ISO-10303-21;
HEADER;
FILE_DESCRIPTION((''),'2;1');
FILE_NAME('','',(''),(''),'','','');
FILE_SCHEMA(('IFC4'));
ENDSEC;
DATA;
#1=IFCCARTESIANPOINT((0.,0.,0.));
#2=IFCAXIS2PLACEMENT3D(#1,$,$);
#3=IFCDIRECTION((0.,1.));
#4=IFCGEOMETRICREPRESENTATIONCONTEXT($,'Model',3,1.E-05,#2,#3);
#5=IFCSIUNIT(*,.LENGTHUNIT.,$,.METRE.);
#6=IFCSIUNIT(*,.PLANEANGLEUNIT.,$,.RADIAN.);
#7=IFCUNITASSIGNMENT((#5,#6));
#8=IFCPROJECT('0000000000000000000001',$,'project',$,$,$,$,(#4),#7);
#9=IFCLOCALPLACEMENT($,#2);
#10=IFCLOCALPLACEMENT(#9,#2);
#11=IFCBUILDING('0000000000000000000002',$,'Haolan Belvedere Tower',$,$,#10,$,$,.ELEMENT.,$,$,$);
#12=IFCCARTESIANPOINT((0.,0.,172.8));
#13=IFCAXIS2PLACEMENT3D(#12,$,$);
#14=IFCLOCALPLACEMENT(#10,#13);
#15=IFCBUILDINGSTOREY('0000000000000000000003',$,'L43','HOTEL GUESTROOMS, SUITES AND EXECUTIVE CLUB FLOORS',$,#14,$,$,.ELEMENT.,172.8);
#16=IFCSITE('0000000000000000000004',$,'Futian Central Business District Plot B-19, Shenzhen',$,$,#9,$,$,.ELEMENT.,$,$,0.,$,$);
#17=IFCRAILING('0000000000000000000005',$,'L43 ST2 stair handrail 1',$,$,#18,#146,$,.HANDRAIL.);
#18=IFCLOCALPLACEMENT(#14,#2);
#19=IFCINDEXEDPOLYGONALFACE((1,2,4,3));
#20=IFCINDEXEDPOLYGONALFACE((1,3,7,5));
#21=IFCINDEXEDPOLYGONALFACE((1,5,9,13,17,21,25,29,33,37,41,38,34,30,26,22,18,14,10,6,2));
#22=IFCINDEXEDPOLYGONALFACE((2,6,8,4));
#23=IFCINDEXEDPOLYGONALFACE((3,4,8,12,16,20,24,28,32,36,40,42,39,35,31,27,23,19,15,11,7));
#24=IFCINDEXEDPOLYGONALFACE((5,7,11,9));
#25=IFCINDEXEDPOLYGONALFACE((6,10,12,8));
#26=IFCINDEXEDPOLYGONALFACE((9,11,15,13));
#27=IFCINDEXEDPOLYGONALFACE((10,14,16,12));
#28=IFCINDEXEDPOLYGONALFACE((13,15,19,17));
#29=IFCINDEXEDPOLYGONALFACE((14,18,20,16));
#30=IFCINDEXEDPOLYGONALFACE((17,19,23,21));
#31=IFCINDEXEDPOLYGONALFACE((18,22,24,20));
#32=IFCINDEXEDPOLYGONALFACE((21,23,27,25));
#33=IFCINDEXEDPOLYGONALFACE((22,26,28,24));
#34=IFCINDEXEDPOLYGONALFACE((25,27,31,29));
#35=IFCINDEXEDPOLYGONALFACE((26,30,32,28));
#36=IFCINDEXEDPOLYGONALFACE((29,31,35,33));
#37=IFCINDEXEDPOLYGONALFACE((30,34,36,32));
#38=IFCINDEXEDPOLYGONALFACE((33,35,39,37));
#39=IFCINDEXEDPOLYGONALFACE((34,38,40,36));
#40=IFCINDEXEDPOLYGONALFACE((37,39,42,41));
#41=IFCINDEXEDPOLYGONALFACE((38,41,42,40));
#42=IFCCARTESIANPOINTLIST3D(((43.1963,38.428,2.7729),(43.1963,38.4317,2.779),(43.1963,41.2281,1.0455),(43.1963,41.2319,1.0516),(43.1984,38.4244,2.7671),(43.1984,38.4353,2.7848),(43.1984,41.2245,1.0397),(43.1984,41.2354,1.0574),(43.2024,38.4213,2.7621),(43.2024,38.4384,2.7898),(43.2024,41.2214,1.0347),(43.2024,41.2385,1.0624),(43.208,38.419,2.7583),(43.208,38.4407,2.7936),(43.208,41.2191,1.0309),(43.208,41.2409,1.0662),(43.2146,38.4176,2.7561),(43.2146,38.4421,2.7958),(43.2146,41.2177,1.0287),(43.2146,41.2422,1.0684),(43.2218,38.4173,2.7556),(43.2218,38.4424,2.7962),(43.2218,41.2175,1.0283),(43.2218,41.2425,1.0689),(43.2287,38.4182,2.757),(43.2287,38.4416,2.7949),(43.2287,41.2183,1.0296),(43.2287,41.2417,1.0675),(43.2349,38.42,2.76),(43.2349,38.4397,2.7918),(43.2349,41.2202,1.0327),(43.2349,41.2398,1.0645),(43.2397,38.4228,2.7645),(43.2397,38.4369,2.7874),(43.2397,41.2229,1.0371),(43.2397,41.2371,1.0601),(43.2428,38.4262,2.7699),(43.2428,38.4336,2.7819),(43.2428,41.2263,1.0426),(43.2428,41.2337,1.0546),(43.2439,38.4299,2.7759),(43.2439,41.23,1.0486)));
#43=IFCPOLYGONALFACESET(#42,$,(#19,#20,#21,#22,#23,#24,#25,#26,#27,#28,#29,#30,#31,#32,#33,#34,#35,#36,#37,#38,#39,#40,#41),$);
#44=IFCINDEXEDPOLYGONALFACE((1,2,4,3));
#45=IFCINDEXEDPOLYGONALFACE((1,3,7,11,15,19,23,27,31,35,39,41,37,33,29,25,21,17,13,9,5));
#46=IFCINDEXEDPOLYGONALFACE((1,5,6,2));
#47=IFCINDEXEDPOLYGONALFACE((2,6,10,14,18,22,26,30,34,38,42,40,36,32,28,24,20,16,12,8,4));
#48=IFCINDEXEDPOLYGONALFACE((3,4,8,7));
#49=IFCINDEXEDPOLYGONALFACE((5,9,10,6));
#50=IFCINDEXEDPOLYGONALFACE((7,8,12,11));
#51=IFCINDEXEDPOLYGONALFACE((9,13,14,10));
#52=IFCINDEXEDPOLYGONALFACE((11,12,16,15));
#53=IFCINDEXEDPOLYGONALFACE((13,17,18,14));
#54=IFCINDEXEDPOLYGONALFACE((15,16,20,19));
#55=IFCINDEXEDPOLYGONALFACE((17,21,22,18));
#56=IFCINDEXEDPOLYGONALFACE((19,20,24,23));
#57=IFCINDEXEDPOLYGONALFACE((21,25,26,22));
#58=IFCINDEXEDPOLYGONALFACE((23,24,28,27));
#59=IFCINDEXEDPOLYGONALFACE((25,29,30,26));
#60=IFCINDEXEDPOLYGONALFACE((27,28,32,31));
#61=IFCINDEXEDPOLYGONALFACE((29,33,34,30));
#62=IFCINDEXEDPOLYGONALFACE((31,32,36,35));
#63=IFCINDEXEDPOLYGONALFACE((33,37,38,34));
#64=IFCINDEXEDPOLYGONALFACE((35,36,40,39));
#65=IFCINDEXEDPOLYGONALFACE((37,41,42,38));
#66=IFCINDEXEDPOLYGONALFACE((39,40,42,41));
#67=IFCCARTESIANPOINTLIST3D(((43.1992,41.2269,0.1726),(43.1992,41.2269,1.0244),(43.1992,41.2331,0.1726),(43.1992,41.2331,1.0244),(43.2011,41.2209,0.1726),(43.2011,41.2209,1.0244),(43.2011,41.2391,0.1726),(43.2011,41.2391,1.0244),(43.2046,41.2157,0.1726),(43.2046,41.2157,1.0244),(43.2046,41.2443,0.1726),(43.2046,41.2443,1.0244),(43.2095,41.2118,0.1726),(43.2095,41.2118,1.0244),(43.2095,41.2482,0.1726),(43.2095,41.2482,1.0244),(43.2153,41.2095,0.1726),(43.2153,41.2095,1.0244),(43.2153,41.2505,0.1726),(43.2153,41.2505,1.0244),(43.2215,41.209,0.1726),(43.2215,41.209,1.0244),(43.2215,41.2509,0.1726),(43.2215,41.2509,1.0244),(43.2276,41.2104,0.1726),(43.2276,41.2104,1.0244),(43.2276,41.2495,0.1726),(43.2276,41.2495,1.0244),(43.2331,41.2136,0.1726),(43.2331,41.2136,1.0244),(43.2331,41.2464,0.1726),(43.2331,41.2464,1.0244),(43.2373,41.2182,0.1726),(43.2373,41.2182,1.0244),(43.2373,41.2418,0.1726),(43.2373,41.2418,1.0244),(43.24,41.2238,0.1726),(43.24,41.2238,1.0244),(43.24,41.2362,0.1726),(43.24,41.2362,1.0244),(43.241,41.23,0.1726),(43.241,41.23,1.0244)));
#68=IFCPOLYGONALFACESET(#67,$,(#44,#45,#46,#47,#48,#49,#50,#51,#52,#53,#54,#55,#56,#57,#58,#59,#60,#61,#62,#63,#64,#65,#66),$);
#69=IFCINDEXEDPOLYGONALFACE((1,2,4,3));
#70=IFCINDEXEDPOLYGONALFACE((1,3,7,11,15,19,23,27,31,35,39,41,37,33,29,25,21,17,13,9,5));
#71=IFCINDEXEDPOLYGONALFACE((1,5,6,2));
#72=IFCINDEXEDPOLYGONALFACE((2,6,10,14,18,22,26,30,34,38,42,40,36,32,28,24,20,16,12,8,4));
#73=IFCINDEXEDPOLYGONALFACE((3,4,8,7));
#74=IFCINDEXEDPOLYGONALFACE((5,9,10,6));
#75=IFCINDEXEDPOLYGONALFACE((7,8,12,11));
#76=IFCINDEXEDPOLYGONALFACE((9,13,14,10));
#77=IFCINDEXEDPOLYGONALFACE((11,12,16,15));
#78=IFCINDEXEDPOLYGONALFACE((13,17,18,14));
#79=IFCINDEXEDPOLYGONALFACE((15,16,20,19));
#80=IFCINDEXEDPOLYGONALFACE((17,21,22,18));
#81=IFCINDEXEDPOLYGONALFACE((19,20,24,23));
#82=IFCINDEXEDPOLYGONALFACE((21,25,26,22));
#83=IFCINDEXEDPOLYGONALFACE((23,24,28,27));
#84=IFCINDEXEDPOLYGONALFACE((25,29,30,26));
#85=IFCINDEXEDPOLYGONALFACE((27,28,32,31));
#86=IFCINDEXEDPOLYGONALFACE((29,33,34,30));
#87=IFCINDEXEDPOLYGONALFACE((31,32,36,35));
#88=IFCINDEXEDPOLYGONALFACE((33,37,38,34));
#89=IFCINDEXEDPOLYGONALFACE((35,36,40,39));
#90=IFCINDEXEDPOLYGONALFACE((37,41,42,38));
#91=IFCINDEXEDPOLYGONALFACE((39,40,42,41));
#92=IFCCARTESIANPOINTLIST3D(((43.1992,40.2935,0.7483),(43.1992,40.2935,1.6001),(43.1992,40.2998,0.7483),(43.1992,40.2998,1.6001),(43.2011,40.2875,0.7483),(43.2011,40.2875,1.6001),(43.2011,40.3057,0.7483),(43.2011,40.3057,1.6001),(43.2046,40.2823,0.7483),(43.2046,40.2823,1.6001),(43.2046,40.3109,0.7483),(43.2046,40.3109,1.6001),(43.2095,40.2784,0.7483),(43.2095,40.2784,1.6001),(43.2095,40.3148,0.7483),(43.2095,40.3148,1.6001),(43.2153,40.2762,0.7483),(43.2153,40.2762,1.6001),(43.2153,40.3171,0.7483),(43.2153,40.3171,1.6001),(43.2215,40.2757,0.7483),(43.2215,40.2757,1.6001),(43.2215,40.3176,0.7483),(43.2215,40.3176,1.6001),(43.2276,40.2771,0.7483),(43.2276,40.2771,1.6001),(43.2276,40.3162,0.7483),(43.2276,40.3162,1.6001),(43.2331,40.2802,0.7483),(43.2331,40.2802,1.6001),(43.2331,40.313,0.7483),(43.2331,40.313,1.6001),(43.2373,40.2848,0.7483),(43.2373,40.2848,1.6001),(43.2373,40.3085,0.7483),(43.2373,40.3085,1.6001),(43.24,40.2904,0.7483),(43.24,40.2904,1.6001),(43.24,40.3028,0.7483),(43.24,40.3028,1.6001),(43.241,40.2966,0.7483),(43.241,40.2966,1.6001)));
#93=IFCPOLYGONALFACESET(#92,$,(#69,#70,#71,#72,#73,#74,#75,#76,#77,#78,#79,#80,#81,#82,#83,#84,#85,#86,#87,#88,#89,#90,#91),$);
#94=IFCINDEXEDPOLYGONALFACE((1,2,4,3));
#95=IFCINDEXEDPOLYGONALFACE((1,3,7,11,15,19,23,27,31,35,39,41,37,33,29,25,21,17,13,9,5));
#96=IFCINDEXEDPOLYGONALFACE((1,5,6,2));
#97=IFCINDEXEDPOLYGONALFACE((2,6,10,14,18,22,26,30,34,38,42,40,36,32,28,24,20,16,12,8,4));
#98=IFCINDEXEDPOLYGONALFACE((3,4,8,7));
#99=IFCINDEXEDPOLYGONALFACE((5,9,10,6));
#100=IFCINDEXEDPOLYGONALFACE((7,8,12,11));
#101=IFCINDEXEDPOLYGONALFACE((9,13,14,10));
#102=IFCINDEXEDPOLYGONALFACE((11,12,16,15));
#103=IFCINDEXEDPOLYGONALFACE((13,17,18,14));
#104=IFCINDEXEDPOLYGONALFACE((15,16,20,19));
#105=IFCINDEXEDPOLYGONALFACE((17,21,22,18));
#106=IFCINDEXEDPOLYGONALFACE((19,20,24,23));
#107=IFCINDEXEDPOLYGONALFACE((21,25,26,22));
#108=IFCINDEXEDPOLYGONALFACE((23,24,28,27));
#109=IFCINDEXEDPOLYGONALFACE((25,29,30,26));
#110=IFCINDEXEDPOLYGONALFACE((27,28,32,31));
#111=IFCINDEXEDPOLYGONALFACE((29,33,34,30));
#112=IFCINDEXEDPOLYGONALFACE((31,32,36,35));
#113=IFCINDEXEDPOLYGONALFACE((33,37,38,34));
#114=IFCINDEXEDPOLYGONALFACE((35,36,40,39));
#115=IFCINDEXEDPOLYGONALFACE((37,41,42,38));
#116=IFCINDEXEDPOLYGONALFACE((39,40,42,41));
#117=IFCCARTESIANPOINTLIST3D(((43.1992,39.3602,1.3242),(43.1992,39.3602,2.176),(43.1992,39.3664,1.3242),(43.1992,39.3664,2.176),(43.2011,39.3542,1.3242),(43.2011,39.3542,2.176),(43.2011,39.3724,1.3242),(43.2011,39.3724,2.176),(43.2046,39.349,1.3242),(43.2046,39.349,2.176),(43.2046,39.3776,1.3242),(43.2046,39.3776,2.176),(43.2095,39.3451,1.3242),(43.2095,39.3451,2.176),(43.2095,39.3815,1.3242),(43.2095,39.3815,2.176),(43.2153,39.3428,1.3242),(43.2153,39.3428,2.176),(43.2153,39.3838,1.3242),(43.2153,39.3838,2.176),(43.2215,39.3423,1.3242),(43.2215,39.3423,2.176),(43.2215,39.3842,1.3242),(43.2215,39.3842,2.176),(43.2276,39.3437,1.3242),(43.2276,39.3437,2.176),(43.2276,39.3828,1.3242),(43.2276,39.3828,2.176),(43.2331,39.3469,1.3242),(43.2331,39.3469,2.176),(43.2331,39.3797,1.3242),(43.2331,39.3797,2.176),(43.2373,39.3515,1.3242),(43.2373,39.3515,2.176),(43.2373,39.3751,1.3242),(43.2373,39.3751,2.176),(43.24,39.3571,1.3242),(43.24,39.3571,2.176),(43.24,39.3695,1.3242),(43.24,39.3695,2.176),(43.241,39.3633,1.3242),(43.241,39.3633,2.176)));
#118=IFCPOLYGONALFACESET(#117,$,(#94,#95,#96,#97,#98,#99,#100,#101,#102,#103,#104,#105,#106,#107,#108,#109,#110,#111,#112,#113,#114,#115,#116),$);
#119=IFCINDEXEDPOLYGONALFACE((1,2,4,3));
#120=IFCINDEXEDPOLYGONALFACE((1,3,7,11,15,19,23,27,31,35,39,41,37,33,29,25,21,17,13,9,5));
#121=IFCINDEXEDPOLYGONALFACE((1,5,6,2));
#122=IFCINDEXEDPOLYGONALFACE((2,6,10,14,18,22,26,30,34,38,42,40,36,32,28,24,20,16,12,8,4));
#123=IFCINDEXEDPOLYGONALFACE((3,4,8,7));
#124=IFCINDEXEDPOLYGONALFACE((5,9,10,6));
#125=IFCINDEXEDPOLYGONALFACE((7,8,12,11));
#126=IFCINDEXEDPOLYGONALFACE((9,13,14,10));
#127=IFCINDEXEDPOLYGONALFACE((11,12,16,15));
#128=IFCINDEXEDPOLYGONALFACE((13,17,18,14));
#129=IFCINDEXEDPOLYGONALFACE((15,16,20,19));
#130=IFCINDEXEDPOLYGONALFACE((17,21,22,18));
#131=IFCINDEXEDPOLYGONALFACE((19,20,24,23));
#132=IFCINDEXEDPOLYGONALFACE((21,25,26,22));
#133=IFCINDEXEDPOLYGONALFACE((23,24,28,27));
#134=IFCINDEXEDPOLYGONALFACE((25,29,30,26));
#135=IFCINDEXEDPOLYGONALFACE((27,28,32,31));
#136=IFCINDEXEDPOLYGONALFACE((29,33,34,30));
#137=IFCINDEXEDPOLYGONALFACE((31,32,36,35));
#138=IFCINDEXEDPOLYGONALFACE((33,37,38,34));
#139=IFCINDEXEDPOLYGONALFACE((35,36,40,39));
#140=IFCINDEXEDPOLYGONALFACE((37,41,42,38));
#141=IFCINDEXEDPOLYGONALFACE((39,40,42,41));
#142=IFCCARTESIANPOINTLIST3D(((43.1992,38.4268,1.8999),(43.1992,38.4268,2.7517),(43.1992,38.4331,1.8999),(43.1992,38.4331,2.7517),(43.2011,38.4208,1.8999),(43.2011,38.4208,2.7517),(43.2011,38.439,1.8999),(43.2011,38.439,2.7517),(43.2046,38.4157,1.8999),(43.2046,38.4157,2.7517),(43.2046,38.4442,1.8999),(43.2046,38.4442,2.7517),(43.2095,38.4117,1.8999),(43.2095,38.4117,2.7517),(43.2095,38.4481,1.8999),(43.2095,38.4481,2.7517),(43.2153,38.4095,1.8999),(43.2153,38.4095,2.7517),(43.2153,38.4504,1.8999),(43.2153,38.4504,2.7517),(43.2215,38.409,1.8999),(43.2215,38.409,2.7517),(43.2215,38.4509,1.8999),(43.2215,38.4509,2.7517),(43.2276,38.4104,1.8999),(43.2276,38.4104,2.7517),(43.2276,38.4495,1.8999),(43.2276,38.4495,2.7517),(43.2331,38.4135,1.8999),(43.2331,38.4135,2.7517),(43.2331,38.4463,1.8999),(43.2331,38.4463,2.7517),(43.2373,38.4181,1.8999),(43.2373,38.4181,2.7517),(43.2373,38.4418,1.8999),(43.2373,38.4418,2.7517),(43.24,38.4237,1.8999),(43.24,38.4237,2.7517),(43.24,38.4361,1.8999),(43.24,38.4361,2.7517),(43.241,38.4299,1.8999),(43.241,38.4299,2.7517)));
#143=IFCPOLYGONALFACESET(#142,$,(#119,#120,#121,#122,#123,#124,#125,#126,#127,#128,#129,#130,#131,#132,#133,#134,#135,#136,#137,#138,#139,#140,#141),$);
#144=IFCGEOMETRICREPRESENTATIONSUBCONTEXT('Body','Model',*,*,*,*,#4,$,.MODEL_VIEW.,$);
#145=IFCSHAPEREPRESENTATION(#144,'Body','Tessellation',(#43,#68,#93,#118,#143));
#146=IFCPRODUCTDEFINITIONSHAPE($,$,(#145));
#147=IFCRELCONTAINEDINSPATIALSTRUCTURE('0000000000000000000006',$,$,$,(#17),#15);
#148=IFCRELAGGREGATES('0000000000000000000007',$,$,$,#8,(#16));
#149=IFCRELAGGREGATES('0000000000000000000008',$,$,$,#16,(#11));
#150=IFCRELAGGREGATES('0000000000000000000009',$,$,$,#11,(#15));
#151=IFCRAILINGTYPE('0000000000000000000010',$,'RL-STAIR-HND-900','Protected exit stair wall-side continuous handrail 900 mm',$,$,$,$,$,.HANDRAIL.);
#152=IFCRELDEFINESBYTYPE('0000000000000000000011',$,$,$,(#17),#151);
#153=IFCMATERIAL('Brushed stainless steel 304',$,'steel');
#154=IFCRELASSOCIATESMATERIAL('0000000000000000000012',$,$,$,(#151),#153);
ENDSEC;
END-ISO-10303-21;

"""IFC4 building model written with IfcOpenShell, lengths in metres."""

from ifc_helpers import new_model, si_unit, direction, frame, origin, origin_2d, place, context, subcontext, project, spatial, circle, extrude, material, type_object, element, save


model = new_model("IFC4")

# Units and contexts
model_context = context("Model", 3, precision=1e-05, world=origin(), true_north=direction((0.0, 1.0)))
body_context = subcontext(model_context, "Body", "Model", "MODEL_VIEW")
ifc_project = project(units=[si_unit("LENGTHUNIT", "METRE"), si_unit("PLANEANGLEUNIT", "RADIAN")], contexts=[model_context])

# Site, building, storey
site_placement = place(None, origin())
site = spatial("IfcSite", under=ifc_project, at=site_placement, Name="Futian Central Business District Plot B-19, Shenzhen", CompositionType="ELEMENT", RefElevation=0.0)
building_placement = place(site_placement, origin())
building = spatial("IfcBuilding", under=site, at=building_placement, Name="Haolan Belvedere Tower", CompositionType="ELEMENT")
storey_placement = place(building_placement, frame((0.0, 0.0, 172.8)))
storey = spatial("IfcBuildingStorey", under=building, at=storey_placement, Name="L43", Description="HOTEL GUESTROOMS, SUITES AND EXECUTIVE CLUB FLOORS", CompositionType="ELEMENT", Elevation=172.8)

# Railing
ifc_material_1 = material(Name="Brushed stainless steel 304", Category="steel")
railing_type_1 = type_object("IfcRailingType", Name="RL-STAIR-HND-900", Description="Protected exit stair wall-side continuous handrail 900 mm", PredefinedType="HANDRAIL", material=ifc_material_1)
railing_1_placement = place(storey_placement, frame((43.22, 41.23, 0.1726)))
element("IfcRailing", 1, at=railing_1_placement, inside=storey, type_object=railing_type_1, Name="L43 ST2 stair handrail 1", PredefinedType="HANDRAIL", context=body_context, shape_type="SweptSolid", body=[
    extrude(circle(Radius=0.0239, at=origin_2d()), frame((0.0, 0.0, 0.876), z_axis=(0.0, -0.85109, 0.52502), x_axis=(1.0, 0.0, 0.0)), (0.0, 0.0, 1.0), 3.29),
    extrude(circle(Radius=0.021, at=origin_2d()), origin(), (0.0, 0.0, 1.0), 0.8518),
    extrude(circle(Radius=0.021, at=origin_2d()), frame((0.0, -0.9333, 0.5757)), (0.0, 0.0, 1.0), 0.8518),
    extrude(circle(Radius=0.021, at=origin_2d()), frame((0.0, -1.8667, 1.1516)), (0.0, 0.0, 1.0), 0.8518),
    extrude(circle(Radius=0.021, at=origin_2d()), frame((0.0, -2.8, 1.7273)), (0.0, 0.0, 1.0), 0.8518),
])

save(model, "model.ifc")
